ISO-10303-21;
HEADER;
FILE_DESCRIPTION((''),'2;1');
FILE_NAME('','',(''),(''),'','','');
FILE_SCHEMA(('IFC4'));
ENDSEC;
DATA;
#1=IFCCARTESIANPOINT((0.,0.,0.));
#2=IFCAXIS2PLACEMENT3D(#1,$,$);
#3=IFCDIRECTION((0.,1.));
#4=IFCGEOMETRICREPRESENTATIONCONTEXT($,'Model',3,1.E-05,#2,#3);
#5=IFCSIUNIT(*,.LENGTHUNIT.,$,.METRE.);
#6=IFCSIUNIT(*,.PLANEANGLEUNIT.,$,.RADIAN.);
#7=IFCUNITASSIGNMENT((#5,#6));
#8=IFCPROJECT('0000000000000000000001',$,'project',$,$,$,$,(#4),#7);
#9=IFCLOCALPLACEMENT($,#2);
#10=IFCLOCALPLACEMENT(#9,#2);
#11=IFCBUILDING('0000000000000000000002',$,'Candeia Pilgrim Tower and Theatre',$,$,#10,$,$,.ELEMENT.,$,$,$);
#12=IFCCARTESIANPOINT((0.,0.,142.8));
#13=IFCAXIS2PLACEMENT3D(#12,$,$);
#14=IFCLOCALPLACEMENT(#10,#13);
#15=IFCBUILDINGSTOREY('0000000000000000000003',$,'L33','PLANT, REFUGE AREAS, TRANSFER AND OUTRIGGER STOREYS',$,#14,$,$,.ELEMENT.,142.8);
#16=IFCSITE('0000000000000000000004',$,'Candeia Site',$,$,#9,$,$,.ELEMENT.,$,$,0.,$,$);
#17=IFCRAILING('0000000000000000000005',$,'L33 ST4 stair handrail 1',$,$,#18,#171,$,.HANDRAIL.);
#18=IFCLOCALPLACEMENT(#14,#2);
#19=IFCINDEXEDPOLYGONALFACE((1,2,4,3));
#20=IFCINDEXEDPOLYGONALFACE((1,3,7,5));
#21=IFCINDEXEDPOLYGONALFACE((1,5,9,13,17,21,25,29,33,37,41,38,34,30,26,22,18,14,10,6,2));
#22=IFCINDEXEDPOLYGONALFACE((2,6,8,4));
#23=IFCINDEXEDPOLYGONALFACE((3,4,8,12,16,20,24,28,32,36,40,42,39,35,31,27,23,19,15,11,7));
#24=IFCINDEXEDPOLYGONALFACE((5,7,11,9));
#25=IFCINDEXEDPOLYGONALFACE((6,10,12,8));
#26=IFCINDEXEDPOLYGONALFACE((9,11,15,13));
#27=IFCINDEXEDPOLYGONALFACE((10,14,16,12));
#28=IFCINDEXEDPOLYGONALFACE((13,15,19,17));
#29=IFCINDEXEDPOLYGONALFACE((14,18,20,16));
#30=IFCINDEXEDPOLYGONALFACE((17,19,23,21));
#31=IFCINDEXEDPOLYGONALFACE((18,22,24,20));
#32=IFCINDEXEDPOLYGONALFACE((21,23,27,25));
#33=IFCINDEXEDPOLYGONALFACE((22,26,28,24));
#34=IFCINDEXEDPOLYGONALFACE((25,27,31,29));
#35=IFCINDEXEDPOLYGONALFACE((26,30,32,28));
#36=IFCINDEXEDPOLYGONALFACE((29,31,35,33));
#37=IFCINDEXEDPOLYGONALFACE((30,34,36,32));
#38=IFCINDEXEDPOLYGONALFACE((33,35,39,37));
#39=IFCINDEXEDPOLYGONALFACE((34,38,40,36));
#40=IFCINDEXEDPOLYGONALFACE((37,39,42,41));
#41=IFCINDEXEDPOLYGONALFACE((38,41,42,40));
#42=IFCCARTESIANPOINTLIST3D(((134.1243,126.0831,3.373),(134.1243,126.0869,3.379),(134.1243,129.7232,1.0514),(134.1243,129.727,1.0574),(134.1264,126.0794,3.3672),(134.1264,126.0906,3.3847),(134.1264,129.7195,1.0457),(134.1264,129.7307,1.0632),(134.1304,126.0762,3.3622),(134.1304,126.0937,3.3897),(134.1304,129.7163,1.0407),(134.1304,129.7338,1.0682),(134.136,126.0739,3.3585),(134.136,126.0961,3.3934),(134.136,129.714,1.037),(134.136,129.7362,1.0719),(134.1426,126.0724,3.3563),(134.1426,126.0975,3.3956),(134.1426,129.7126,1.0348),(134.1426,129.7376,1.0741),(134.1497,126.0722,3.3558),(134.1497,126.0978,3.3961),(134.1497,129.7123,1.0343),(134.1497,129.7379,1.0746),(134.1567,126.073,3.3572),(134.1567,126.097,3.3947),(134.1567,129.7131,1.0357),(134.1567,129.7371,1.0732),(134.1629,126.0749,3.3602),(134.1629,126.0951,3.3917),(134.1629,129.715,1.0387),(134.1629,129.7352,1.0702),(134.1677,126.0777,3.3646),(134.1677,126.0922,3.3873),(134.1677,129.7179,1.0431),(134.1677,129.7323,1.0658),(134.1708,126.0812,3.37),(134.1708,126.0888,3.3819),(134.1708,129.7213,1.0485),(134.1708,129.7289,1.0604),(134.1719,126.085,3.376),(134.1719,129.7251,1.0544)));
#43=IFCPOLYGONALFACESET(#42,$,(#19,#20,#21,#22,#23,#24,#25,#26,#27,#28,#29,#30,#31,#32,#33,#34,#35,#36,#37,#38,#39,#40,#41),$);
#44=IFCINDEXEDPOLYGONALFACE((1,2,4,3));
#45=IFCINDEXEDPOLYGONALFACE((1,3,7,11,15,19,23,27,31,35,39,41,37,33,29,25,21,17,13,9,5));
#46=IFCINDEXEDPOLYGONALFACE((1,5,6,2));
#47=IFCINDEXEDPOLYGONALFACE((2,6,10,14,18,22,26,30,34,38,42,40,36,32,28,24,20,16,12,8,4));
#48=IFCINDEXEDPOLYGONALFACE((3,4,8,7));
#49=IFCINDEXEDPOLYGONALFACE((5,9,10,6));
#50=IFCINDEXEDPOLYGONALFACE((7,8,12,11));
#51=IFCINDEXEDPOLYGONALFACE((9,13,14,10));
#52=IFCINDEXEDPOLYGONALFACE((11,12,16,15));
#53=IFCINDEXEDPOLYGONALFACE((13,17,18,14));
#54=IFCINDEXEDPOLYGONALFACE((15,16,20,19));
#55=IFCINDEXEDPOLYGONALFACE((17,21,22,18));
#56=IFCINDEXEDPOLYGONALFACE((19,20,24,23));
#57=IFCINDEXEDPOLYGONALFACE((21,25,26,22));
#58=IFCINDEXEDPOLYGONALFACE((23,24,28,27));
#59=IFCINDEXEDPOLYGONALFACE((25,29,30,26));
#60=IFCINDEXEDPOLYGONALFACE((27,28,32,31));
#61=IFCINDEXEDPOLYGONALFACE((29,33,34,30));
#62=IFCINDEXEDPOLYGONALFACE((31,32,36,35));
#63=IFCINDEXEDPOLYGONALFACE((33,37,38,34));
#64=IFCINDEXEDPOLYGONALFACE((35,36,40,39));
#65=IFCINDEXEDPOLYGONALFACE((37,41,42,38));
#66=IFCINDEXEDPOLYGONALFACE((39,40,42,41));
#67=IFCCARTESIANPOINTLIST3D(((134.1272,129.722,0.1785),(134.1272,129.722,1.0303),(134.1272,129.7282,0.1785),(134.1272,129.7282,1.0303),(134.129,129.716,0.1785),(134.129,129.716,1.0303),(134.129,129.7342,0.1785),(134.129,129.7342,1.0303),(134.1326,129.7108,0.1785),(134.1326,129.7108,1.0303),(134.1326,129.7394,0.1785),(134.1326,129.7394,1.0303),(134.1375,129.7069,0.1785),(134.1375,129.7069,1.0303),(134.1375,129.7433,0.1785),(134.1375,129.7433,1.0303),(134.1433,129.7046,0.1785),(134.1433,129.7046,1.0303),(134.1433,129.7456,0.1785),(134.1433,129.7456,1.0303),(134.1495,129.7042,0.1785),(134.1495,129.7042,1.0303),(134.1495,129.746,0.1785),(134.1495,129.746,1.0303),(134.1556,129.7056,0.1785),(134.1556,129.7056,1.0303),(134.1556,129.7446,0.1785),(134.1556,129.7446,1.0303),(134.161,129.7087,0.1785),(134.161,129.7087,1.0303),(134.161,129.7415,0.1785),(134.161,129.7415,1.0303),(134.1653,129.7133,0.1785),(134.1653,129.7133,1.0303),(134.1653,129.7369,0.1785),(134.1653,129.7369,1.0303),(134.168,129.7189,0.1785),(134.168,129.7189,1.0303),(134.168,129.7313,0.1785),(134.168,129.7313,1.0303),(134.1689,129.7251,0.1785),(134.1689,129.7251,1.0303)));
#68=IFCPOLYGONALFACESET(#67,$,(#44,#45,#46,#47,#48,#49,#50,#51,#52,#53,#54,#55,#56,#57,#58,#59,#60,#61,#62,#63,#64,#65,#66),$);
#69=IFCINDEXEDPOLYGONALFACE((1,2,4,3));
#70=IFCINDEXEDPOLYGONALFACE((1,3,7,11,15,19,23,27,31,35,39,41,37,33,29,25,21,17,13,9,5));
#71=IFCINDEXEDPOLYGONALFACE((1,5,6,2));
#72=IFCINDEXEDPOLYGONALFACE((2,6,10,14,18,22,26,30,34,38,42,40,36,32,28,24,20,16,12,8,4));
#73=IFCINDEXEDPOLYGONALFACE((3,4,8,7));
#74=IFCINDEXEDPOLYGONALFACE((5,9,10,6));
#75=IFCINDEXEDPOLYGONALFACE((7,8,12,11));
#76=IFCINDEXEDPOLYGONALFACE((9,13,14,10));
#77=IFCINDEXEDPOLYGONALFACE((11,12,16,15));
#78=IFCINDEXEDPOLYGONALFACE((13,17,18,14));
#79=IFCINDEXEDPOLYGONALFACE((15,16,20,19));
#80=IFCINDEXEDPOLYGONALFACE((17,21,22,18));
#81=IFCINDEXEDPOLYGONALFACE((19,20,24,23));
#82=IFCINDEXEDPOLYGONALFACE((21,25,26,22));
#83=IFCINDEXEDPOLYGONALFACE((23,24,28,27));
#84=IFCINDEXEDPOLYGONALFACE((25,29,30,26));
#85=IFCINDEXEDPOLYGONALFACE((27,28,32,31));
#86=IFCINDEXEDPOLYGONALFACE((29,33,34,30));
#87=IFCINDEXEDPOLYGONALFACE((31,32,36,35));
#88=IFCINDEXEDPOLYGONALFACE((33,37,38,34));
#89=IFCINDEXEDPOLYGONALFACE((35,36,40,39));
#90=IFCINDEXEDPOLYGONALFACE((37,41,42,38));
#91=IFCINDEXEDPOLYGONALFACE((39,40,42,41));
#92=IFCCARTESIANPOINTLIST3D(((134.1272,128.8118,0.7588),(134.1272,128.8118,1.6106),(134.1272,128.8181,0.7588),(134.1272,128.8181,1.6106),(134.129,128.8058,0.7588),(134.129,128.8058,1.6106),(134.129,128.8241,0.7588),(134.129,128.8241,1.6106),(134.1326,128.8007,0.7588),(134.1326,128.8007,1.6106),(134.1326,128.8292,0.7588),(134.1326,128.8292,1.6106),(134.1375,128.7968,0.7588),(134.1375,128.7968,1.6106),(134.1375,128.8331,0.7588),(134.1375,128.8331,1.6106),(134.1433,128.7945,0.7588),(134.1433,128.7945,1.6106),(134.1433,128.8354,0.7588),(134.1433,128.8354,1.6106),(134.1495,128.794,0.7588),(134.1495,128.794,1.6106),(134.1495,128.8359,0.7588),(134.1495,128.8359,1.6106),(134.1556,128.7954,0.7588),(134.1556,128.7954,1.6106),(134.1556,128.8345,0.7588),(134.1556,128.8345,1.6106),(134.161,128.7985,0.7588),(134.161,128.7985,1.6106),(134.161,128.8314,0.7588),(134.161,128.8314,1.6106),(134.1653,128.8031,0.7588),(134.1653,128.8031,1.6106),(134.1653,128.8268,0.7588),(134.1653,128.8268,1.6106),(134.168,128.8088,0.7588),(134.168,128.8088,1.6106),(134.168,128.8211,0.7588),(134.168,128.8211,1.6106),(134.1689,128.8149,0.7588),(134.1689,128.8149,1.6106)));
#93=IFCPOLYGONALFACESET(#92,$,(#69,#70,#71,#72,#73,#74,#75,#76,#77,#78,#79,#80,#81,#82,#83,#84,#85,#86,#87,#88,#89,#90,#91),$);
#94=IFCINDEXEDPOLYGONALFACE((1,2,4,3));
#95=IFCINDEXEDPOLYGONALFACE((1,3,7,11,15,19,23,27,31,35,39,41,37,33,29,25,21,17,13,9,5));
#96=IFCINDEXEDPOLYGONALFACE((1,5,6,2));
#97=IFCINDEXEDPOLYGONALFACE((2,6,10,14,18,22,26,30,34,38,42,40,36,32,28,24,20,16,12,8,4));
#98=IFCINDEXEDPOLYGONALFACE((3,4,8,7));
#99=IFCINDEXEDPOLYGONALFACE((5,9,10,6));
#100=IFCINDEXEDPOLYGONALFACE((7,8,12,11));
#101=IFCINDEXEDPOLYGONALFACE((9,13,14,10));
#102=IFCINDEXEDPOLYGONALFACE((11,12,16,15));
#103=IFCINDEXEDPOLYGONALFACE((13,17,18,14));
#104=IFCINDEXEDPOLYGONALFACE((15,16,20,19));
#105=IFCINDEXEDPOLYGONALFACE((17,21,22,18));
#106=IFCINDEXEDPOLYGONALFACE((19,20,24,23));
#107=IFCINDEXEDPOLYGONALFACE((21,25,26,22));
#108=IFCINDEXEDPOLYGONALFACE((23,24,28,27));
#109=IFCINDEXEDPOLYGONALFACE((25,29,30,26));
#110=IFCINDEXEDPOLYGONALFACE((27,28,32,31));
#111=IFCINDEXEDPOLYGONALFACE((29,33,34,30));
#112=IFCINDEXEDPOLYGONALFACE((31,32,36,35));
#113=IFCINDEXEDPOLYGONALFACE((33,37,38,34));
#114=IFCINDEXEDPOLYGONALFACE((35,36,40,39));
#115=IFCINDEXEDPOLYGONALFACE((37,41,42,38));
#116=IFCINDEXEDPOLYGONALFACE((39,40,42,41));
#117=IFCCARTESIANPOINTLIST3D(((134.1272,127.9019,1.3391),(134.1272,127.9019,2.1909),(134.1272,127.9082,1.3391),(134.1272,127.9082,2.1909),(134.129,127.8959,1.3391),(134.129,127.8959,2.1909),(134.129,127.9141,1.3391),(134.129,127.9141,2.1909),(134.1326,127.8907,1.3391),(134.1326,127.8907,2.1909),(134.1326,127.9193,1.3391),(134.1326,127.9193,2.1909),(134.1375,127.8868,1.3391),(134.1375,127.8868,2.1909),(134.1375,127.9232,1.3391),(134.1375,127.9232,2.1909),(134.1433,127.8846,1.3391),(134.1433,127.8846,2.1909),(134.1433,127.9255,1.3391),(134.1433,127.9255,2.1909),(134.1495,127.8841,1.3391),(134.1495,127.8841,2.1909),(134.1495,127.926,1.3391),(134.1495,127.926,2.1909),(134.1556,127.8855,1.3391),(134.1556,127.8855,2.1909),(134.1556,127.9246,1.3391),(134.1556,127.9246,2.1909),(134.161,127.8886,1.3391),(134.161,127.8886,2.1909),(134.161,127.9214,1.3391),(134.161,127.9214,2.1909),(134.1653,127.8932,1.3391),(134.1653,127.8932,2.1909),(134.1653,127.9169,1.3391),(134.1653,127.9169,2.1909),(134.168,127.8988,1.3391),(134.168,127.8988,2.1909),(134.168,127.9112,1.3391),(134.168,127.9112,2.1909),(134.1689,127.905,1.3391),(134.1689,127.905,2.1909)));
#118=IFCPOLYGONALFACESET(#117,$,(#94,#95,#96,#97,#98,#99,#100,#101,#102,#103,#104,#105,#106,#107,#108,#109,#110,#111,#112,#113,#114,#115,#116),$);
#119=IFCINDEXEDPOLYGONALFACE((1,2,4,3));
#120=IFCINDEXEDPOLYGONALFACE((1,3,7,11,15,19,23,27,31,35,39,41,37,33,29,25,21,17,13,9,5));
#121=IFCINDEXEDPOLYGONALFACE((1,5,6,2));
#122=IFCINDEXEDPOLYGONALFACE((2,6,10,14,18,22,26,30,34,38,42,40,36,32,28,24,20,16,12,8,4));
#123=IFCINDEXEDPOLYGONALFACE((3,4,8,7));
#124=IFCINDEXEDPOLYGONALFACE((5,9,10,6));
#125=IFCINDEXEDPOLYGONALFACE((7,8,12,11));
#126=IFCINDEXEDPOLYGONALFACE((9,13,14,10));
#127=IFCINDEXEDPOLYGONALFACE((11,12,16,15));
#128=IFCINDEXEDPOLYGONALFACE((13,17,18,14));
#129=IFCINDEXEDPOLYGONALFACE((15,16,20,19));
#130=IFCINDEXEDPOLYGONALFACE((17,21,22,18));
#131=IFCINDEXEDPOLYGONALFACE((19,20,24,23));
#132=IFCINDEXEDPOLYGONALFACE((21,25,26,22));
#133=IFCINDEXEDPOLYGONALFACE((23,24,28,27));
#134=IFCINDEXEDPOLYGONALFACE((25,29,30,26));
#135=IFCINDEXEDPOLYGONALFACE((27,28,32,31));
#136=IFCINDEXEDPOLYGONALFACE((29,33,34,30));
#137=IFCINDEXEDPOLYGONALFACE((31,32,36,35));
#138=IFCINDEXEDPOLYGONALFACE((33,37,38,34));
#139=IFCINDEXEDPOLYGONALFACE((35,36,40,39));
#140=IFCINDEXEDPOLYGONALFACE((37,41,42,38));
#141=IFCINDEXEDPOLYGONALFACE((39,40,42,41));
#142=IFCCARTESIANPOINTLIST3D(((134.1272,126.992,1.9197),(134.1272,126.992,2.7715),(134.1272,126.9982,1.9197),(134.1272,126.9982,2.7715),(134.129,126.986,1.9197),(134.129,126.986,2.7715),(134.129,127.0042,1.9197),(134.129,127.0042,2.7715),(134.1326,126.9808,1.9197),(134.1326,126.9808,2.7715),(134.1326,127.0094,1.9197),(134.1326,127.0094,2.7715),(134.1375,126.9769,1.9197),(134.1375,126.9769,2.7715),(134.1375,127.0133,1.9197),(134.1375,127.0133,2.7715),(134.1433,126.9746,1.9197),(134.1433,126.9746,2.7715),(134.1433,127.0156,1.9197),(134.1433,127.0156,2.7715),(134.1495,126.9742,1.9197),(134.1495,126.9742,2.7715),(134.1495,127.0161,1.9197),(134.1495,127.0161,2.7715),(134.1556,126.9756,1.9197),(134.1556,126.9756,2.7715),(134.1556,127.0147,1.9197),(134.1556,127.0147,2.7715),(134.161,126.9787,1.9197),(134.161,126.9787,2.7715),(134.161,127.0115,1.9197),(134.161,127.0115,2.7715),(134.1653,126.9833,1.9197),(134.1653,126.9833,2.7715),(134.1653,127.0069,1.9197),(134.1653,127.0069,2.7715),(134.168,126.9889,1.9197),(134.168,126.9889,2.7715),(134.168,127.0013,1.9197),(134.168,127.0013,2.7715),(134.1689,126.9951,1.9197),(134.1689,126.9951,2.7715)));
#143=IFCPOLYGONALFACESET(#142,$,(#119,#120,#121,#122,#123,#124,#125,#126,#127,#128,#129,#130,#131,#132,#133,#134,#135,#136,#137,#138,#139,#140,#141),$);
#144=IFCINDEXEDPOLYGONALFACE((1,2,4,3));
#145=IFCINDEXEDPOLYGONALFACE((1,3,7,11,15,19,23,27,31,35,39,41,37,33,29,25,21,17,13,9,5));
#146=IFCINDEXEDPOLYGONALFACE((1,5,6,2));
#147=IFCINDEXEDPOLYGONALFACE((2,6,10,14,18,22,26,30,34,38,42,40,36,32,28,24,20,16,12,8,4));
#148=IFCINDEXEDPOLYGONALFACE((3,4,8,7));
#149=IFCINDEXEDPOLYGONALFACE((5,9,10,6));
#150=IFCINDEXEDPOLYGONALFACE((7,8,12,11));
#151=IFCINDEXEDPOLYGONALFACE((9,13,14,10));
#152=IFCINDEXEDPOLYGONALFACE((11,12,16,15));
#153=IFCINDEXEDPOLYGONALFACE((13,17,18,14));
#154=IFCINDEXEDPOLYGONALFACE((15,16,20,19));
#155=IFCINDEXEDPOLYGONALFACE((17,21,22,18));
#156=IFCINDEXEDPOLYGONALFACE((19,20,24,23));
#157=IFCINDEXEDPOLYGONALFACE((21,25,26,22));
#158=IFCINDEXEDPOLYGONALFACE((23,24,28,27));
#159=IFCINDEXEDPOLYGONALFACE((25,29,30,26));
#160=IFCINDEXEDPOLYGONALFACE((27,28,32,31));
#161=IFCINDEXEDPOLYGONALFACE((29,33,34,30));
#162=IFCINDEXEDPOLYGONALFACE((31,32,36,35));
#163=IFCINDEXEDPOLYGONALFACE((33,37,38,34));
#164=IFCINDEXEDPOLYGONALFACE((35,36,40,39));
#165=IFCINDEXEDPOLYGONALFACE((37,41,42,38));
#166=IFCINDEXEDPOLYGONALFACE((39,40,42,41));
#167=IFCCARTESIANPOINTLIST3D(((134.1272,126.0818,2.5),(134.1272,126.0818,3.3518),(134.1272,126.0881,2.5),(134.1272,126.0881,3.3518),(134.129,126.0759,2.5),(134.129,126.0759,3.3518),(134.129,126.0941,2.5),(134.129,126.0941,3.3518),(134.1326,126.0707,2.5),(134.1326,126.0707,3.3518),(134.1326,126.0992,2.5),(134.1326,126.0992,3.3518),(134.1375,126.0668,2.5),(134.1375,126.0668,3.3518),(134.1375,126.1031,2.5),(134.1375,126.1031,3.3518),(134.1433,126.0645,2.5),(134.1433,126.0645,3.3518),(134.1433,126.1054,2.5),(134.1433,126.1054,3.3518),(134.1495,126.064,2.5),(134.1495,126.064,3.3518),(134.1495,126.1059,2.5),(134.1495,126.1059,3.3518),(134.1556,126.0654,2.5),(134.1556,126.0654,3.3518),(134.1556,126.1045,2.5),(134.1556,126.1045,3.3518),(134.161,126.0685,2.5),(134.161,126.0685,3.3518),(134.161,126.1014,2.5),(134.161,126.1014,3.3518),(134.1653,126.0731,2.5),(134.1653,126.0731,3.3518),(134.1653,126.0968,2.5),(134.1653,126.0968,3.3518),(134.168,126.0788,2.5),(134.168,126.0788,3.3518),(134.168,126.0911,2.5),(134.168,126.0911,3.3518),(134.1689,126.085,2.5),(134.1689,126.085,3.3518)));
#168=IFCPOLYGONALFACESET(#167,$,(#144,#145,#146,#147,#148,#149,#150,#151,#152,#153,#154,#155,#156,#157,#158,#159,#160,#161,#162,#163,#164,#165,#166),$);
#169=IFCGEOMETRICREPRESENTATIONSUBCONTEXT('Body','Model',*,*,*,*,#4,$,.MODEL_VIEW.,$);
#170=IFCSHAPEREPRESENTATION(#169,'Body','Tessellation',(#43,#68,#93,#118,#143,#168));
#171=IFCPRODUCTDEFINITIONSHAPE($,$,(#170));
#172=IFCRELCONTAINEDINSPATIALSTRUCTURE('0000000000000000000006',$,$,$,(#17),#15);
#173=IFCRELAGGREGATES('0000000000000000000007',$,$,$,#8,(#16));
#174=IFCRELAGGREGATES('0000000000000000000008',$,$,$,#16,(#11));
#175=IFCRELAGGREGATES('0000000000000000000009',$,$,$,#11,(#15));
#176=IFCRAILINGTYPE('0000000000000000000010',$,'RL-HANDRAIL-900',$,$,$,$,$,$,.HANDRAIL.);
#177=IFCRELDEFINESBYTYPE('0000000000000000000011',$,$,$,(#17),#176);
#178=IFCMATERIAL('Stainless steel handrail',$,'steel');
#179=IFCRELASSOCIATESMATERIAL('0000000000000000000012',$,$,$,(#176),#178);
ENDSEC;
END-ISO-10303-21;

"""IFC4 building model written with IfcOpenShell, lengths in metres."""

from ifc_helpers import new_model, si_unit, direction, frame, origin, origin_2d, place, context, subcontext, project, spatial, circle, extrude, material, type_object, element, save


model = new_model("IFC4")

# Units and contexts
model_context = context("Model", 3, precision=1e-05, world=origin(), true_north=direction((0.0, 1.0)))
body_context = subcontext(model_context, "Body", "Model", "MODEL_VIEW")
ifc_project = project(units=[si_unit("LENGTHUNIT", "METRE"), si_unit("PLANEANGLEUNIT", "RADIAN")], contexts=[model_context])

# Site, building, storey
site_placement = place(None, origin())
site = spatial("IfcSite", under=ifc_project, at=site_placement, Name="Candeia Site", CompositionType="ELEMENT", RefElevation=0.0)
building_placement = place(site_placement, origin())
building = spatial("IfcBuilding", under=site, at=building_placement, Name="Candeia Pilgrim Tower and Theatre", CompositionType="ELEMENT")
storey_placement = place(building_placement, frame((0.0, 0.0, 142.8)))
storey = spatial("IfcBuildingStorey", under=building, at=storey_placement, Name="L33", Description="PLANT, REFUGE AREAS, TRANSFER AND OUTRIGGER STOREYS", CompositionType="ELEMENT", Elevation=142.8)

# Railing
ifc_material_1 = material(Name="Stainless steel handrail", Category="steel")
railing_type_1 = type_object("IfcRailingType", Name="RL-HANDRAIL-900", PredefinedType="HANDRAIL", material=ifc_material_1)
railing_1_placement = place(storey_placement, frame((134.1479, 129.7251, 0.1785)))
element("IfcRailing", 1, at=railing_1_placement, inside=storey, type_object=railing_type_1, Name="L33 ST4 stair handrail 1", PredefinedType="HANDRAIL", context=body_context, shape_type="SweptSolid", body=[
    extrude(circle(Radius=0.0239, at=origin_2d()), frame((0.0, 0.0, 0.876), z_axis=(0.0, -0.843128, 0.537713), x_axis=(1.0, 0.0, 0.0)), (0.0, 0.0, 1.0), 4.3174),
    extrude(circle(Radius=0.021, at=origin_2d()), origin(), (0.0, 0.0, 1.0), 0.8518),
    extrude(circle(Radius=0.021, at=origin_2d()), frame((0.0, -0.9102, 0.5803)), (0.0, 0.0, 1.0), 0.8518),
    extrude(circle(Radius=0.021, at=origin_2d()), frame((0.0, -1.8201, 1.1606)), (0.0, 0.0, 1.0), 0.8518),
    extrude(circle(Radius=0.021, at=origin_2d()), frame((0.0, -2.73, 1.7412)), (0.0, 0.0, 1.0), 0.8518),
    extrude(circle(Radius=0.021, at=origin_2d()), frame((0.0, -3.6401, 2.3215)), (0.0, 0.0, 1.0), 0.8518),
])

save(model, "model.ifc")
